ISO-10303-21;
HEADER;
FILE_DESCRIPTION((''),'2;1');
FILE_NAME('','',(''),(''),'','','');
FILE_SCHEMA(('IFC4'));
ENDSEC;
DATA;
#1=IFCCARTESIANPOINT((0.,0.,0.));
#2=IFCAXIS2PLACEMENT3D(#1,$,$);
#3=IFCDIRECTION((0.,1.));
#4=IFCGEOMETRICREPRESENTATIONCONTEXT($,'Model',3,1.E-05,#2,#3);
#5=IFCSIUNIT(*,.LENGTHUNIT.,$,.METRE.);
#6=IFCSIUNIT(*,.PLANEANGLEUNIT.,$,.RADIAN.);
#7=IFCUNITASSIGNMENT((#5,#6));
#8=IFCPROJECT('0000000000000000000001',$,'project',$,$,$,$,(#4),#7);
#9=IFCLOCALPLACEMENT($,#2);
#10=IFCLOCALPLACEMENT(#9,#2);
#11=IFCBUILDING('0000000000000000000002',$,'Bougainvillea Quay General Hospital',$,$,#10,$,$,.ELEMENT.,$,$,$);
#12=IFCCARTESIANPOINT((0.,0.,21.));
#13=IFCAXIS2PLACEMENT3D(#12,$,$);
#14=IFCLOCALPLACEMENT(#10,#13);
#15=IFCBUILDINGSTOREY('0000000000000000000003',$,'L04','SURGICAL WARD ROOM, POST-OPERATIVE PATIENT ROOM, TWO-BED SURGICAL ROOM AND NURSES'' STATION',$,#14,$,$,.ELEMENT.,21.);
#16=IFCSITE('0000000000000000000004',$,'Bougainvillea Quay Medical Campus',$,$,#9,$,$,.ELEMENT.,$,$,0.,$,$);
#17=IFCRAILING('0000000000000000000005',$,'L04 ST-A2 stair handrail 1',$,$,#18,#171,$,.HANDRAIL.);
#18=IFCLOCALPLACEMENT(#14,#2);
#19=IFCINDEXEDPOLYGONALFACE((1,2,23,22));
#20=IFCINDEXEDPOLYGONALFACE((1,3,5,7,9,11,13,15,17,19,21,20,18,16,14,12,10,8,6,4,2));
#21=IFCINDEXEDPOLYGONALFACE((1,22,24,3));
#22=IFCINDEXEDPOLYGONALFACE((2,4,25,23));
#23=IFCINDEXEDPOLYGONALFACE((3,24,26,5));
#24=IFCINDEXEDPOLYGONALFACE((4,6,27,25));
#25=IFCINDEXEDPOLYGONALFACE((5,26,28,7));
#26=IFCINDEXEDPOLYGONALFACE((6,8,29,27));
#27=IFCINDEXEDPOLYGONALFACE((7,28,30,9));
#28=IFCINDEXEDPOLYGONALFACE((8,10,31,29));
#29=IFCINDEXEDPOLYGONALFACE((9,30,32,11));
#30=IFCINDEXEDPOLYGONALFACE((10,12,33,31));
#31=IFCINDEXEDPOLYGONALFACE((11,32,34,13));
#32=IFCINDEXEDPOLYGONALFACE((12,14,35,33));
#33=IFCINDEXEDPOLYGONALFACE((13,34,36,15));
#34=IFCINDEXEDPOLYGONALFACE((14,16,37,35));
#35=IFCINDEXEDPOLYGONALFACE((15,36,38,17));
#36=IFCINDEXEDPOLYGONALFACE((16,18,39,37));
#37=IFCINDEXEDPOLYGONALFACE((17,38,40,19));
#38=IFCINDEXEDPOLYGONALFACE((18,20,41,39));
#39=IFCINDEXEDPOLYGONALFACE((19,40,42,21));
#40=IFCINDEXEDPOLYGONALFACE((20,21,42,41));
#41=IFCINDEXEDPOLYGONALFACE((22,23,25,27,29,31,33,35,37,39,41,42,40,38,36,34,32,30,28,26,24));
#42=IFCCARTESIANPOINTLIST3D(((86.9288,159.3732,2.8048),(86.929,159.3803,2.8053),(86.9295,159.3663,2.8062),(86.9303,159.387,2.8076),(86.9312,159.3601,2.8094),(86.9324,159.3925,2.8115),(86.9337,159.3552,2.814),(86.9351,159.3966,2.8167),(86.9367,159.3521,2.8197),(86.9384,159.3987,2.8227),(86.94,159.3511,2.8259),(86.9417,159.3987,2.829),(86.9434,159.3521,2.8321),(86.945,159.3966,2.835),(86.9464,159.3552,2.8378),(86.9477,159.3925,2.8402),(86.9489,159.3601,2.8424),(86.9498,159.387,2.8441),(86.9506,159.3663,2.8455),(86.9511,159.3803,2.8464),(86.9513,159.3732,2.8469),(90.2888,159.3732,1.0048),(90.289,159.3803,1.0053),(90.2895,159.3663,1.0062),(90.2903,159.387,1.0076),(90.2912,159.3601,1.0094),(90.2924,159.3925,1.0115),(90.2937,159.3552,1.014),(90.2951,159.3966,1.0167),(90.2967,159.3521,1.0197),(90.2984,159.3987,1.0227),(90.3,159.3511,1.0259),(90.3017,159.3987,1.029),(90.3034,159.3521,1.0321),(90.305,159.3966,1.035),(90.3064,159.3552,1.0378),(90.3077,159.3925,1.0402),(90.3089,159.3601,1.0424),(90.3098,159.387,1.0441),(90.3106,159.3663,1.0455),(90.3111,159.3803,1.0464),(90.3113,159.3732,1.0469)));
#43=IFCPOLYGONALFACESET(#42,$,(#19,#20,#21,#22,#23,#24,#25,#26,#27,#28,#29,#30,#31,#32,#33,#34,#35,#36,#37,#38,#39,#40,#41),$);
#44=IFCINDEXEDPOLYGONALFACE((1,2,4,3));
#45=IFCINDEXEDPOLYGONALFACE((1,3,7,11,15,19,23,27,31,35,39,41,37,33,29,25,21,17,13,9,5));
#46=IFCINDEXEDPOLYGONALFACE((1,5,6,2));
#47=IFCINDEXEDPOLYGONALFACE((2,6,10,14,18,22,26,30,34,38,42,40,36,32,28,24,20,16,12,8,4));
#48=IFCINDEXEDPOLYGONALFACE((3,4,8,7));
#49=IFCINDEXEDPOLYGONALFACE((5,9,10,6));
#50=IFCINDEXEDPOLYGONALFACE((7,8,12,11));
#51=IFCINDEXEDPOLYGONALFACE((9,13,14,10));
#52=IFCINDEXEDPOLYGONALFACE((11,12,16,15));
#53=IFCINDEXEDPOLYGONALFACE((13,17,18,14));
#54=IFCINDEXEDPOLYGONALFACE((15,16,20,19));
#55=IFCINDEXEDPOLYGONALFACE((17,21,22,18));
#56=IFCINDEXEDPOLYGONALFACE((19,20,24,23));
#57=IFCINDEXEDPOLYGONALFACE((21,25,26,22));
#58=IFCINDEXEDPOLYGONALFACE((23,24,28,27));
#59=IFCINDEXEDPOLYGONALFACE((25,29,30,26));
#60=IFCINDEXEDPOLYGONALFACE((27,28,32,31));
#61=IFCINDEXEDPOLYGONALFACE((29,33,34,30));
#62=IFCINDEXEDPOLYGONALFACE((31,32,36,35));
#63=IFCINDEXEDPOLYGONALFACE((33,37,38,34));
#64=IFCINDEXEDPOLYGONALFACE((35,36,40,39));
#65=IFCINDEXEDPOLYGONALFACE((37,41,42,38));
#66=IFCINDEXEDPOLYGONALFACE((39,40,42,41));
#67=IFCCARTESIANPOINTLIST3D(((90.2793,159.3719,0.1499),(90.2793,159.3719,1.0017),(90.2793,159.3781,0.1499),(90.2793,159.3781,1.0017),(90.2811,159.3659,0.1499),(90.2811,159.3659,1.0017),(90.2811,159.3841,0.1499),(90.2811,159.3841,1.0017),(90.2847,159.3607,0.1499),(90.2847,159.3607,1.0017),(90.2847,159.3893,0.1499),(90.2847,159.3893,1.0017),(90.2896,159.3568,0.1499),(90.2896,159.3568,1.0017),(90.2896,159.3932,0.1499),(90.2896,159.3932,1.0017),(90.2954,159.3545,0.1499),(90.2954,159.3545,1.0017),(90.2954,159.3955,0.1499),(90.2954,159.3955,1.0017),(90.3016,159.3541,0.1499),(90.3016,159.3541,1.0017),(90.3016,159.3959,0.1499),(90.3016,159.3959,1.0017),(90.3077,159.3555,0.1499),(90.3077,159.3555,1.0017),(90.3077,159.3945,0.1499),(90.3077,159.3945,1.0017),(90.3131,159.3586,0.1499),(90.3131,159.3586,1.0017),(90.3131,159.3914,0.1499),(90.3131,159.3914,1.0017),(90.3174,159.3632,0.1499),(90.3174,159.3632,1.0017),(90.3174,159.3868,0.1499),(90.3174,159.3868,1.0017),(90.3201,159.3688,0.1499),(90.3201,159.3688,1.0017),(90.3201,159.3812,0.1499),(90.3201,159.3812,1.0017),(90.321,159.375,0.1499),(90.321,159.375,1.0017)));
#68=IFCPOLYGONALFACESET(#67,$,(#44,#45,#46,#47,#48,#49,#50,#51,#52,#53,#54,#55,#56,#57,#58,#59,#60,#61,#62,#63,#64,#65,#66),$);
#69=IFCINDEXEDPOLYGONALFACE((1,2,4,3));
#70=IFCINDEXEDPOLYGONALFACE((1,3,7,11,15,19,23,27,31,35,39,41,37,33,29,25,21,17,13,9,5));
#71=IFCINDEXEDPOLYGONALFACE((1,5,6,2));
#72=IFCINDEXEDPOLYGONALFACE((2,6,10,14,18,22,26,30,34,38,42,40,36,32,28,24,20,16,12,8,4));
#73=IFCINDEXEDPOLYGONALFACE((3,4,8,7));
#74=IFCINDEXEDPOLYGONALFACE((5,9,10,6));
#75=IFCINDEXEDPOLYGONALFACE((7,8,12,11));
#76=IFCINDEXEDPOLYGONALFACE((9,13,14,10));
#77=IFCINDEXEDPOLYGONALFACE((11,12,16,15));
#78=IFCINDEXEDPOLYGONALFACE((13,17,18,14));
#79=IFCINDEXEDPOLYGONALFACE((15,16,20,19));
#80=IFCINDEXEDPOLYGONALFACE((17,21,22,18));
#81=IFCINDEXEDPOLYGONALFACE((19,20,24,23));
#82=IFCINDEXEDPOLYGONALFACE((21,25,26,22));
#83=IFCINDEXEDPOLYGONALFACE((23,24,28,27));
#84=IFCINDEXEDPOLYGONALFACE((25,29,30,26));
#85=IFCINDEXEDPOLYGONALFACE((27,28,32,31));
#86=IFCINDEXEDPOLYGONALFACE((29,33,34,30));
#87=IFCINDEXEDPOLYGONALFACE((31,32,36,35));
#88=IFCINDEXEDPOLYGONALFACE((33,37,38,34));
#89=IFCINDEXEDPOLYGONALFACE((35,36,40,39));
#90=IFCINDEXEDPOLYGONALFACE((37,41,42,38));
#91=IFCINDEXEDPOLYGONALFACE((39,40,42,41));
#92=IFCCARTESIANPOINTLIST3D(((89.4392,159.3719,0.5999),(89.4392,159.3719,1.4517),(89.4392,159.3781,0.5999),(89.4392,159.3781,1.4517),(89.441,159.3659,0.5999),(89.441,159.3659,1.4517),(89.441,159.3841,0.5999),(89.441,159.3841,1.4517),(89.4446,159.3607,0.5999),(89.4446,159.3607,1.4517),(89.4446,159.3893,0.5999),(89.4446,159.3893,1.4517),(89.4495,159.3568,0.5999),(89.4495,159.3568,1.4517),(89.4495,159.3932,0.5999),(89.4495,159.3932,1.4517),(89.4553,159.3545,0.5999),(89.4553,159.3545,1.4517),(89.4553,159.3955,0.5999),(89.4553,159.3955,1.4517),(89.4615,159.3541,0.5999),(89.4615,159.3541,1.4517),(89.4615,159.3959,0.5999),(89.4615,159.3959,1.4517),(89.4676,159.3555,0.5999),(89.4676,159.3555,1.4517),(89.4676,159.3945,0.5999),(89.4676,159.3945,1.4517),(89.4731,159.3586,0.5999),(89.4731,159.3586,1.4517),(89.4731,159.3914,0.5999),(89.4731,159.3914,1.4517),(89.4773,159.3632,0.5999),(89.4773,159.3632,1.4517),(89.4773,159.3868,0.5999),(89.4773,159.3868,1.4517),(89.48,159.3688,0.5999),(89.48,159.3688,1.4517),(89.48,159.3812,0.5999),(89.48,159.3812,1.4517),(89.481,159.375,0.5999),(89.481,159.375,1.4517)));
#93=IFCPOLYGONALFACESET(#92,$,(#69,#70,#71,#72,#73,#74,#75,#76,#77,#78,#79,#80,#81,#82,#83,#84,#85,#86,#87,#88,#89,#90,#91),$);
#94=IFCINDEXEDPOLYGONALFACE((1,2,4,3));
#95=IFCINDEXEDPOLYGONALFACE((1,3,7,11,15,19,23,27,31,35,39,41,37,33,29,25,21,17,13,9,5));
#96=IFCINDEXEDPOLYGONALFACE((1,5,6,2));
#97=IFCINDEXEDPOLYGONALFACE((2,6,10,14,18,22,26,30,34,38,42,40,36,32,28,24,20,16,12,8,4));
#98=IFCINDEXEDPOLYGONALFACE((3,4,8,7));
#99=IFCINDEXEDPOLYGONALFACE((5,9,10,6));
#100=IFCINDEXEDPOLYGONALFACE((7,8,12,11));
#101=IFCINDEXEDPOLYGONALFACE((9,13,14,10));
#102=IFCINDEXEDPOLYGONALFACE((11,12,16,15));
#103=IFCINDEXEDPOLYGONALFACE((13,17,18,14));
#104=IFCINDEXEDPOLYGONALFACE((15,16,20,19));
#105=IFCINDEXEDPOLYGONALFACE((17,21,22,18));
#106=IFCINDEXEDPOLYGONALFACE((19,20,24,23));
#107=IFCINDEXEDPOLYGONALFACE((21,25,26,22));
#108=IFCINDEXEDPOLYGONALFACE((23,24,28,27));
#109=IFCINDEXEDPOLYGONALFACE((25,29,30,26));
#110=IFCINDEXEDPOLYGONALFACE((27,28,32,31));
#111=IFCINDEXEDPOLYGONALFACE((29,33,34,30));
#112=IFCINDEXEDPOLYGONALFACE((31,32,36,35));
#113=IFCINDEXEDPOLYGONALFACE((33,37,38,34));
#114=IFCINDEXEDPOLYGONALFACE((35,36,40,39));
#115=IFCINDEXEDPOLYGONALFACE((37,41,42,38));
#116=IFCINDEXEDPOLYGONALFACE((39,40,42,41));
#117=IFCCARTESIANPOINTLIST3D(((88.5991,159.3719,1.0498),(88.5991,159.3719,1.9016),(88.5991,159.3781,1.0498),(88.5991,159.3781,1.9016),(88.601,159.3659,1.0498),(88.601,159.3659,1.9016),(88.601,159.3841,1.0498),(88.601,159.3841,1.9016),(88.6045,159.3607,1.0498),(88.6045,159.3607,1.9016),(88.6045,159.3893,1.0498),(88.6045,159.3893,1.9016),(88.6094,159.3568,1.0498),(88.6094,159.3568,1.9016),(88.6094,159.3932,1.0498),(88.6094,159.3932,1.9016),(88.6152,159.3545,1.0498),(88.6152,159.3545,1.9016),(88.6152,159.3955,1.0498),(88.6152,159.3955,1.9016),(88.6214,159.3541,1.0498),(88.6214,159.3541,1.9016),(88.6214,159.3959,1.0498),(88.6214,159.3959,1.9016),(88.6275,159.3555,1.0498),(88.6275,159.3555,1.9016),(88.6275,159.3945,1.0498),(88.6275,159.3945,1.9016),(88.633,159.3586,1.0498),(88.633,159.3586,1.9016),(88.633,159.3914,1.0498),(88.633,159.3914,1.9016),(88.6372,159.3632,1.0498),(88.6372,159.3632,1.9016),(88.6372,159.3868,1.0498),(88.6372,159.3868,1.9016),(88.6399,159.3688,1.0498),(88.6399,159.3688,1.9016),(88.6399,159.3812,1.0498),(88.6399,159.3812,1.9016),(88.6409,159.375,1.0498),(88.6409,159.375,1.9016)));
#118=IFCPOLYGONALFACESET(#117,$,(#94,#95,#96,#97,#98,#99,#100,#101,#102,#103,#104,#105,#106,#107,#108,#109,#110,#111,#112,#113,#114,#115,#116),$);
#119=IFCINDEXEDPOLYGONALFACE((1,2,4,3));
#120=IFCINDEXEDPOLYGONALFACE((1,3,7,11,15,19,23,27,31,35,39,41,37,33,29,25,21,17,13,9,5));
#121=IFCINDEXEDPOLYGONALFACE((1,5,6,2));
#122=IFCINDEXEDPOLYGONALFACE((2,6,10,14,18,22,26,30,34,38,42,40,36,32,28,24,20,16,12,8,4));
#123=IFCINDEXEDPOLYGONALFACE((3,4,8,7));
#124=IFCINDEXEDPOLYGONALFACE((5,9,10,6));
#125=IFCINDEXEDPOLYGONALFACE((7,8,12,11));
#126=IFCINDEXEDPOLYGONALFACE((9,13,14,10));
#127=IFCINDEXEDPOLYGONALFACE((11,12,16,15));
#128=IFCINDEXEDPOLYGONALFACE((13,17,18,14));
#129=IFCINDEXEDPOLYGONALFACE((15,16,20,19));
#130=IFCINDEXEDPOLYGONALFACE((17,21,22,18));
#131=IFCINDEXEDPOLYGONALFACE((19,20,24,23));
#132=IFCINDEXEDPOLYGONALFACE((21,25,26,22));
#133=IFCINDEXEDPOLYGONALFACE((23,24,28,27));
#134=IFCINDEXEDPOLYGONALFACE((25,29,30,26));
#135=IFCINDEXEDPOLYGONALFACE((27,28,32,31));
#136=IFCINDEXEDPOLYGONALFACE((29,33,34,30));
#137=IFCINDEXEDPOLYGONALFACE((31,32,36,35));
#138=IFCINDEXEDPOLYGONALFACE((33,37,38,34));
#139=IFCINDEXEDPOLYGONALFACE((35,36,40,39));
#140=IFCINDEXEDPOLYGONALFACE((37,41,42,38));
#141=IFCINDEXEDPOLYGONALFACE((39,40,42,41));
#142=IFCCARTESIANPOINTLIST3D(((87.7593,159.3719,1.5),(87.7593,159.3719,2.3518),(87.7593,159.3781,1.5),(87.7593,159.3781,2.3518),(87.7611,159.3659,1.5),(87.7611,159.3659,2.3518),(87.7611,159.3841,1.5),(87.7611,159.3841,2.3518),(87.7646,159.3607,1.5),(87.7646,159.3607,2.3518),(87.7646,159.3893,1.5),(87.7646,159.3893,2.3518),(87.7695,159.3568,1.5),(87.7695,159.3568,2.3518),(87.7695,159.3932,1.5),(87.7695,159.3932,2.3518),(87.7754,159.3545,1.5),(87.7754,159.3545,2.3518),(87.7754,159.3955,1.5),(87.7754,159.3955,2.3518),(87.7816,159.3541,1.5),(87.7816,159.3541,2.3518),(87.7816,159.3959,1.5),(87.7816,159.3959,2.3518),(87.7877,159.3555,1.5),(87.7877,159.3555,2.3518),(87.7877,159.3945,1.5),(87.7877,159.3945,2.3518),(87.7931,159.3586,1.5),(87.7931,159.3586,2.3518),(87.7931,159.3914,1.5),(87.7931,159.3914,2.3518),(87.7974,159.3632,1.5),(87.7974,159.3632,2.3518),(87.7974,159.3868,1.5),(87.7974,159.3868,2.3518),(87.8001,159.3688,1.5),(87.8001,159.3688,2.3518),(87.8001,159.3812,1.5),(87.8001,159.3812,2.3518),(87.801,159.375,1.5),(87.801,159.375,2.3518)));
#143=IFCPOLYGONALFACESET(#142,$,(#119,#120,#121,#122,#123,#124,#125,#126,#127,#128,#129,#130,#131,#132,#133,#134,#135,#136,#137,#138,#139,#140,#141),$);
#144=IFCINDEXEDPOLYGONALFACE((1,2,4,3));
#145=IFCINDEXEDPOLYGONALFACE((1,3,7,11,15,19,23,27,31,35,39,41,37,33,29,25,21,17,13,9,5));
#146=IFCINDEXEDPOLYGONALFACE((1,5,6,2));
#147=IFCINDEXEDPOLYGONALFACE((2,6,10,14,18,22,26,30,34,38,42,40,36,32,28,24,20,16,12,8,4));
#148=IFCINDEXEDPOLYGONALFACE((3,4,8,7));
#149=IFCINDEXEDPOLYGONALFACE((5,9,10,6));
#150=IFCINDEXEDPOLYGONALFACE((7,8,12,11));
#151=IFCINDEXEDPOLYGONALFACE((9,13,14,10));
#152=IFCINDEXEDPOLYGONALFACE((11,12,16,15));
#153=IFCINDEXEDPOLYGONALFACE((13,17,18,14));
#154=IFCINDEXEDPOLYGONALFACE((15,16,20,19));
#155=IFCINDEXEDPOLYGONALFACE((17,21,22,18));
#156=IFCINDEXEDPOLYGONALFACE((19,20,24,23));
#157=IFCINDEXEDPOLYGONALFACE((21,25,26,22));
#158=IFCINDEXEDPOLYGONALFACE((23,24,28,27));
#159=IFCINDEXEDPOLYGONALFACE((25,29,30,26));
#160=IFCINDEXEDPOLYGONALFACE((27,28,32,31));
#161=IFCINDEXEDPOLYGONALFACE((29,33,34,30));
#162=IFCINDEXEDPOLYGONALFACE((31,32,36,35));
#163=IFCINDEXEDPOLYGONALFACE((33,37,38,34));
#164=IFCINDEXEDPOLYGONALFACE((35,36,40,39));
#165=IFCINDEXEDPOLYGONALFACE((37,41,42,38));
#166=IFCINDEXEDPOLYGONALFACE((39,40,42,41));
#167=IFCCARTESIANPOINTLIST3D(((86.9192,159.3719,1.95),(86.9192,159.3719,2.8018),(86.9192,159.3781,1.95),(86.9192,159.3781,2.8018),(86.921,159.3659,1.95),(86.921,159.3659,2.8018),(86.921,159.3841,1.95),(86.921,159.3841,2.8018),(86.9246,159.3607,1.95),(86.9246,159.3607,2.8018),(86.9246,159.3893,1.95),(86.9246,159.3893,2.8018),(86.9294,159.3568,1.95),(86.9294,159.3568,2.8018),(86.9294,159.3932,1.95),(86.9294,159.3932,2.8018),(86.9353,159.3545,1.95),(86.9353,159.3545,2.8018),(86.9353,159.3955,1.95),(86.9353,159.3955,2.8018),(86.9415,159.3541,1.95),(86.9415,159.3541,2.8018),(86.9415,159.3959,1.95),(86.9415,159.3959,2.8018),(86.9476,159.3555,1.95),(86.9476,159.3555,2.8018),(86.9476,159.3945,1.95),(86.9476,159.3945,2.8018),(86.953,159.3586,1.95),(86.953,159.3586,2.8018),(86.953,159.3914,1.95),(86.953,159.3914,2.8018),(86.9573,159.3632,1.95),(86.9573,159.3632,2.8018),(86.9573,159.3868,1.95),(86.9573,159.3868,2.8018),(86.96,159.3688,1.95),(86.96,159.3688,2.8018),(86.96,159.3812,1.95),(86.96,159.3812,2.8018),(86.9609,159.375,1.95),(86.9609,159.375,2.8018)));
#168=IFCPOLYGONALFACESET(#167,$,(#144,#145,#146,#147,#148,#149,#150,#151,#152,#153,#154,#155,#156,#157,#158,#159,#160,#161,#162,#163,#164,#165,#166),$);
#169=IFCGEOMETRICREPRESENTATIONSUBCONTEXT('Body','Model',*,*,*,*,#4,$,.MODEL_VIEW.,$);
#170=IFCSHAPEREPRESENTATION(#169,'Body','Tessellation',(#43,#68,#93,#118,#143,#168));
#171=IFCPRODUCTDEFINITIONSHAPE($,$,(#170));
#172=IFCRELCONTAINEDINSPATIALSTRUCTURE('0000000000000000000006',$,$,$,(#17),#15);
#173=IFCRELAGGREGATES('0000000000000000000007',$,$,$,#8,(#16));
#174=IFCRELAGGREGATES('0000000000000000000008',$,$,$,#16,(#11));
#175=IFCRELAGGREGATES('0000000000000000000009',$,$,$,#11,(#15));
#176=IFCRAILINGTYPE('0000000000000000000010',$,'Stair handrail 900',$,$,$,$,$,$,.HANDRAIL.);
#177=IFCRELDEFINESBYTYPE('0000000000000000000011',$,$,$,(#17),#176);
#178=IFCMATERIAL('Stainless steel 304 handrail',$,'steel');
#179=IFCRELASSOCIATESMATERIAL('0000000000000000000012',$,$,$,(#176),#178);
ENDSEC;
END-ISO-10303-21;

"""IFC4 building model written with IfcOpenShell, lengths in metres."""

from ifc_helpers import new_model, si_unit, direction, frame, origin, origin_2d, place, context, subcontext, project, spatial, circle, extrude, material, type_object, element, save


model = new_model("IFC4")

# Units and contexts
model_context = context("Model", 3, precision=1e-05, world=origin(), true_north=direction((0.0, 1.0)))
body_context = subcontext(model_context, "Body", "Model", "MODEL_VIEW")
ifc_project = project(units=[si_unit("LENGTHUNIT", "METRE"), si_unit("PLANEANGLEUNIT", "RADIAN")], contexts=[model_context])

# Site, building, storey
site_placement = place(None, origin())
site = spatial("IfcSite", under=ifc_project, at=site_placement, Name="Bougainvillea Quay Medical Campus", CompositionType="ELEMENT", RefElevation=0.0)
building_placement = place(site_placement, origin())
building = spatial("IfcBuilding", under=site, at=building_placement, Name="Bougainvillea Quay General Hospital", CompositionType="ELEMENT")
storey_placement = place(building_placement, frame((0.0, 0.0, 21.0)))
storey = spatial("IfcBuildingStorey", under=building, at=storey_placement, Name="L04", Description="SURGICAL WARD ROOM, POST-OPERATIVE PATIENT ROOM, TWO-BED SURGICAL ROOM AND NURSES' STATION", CompositionType="ELEMENT", Elevation=21.0)

# Railing
ifc_material_1 = material(Name="Stainless steel 304 handrail", Category="steel")
railing_type_1 = type_object("IfcRailingType", Name="Stair handrail 900", PredefinedType="HANDRAIL", material=ifc_material_1)
railing_1_placement = place(storey_placement, frame((90.3, 159.375, 0.1499)))
element("IfcRailing", 1, at=railing_1_placement, inside=storey, type_object=railing_type_1, Name="L04 ST-A2 stair handrail 1", PredefinedType="HANDRAIL", context=body_context, shape_type="SweptSolid", body=[
    extrude(circle(Radius=0.0239, at=origin_2d()), frame((0.0, 0.0, 0.876), z_axis=(-0.881481, 0.0, 0.47222), x_axis=(0.0, -1.0, 0.0)), (0.0, 0.0, 1.0), 3.8118),
    extrude(circle(Radius=0.021, at=origin_2d()), origin(), (0.0, 0.0, 1.0), 0.8518),
    extrude(circle(Radius=0.021, at=origin_2d()), frame((-0.8401, 0.0, 0.45)), (0.0, 0.0, 1.0), 0.8518),
    extrude(circle(Radius=0.021, at=origin_2d()), frame((-1.6802, 0.0, 0.8999)), (0.0, 0.0, 1.0), 0.8518),
    extrude(circle(Radius=0.021, at=origin_2d()), frame((-2.52, 0.0, 1.3501)), (0.0, 0.0, 1.0), 0.8518),
    extrude(circle(Radius=0.021, at=origin_2d()), frame((-3.3601, 0.0, 1.8)), (0.0, 0.0, 1.0), 0.8518),
])

save(model, "model.ifc")
